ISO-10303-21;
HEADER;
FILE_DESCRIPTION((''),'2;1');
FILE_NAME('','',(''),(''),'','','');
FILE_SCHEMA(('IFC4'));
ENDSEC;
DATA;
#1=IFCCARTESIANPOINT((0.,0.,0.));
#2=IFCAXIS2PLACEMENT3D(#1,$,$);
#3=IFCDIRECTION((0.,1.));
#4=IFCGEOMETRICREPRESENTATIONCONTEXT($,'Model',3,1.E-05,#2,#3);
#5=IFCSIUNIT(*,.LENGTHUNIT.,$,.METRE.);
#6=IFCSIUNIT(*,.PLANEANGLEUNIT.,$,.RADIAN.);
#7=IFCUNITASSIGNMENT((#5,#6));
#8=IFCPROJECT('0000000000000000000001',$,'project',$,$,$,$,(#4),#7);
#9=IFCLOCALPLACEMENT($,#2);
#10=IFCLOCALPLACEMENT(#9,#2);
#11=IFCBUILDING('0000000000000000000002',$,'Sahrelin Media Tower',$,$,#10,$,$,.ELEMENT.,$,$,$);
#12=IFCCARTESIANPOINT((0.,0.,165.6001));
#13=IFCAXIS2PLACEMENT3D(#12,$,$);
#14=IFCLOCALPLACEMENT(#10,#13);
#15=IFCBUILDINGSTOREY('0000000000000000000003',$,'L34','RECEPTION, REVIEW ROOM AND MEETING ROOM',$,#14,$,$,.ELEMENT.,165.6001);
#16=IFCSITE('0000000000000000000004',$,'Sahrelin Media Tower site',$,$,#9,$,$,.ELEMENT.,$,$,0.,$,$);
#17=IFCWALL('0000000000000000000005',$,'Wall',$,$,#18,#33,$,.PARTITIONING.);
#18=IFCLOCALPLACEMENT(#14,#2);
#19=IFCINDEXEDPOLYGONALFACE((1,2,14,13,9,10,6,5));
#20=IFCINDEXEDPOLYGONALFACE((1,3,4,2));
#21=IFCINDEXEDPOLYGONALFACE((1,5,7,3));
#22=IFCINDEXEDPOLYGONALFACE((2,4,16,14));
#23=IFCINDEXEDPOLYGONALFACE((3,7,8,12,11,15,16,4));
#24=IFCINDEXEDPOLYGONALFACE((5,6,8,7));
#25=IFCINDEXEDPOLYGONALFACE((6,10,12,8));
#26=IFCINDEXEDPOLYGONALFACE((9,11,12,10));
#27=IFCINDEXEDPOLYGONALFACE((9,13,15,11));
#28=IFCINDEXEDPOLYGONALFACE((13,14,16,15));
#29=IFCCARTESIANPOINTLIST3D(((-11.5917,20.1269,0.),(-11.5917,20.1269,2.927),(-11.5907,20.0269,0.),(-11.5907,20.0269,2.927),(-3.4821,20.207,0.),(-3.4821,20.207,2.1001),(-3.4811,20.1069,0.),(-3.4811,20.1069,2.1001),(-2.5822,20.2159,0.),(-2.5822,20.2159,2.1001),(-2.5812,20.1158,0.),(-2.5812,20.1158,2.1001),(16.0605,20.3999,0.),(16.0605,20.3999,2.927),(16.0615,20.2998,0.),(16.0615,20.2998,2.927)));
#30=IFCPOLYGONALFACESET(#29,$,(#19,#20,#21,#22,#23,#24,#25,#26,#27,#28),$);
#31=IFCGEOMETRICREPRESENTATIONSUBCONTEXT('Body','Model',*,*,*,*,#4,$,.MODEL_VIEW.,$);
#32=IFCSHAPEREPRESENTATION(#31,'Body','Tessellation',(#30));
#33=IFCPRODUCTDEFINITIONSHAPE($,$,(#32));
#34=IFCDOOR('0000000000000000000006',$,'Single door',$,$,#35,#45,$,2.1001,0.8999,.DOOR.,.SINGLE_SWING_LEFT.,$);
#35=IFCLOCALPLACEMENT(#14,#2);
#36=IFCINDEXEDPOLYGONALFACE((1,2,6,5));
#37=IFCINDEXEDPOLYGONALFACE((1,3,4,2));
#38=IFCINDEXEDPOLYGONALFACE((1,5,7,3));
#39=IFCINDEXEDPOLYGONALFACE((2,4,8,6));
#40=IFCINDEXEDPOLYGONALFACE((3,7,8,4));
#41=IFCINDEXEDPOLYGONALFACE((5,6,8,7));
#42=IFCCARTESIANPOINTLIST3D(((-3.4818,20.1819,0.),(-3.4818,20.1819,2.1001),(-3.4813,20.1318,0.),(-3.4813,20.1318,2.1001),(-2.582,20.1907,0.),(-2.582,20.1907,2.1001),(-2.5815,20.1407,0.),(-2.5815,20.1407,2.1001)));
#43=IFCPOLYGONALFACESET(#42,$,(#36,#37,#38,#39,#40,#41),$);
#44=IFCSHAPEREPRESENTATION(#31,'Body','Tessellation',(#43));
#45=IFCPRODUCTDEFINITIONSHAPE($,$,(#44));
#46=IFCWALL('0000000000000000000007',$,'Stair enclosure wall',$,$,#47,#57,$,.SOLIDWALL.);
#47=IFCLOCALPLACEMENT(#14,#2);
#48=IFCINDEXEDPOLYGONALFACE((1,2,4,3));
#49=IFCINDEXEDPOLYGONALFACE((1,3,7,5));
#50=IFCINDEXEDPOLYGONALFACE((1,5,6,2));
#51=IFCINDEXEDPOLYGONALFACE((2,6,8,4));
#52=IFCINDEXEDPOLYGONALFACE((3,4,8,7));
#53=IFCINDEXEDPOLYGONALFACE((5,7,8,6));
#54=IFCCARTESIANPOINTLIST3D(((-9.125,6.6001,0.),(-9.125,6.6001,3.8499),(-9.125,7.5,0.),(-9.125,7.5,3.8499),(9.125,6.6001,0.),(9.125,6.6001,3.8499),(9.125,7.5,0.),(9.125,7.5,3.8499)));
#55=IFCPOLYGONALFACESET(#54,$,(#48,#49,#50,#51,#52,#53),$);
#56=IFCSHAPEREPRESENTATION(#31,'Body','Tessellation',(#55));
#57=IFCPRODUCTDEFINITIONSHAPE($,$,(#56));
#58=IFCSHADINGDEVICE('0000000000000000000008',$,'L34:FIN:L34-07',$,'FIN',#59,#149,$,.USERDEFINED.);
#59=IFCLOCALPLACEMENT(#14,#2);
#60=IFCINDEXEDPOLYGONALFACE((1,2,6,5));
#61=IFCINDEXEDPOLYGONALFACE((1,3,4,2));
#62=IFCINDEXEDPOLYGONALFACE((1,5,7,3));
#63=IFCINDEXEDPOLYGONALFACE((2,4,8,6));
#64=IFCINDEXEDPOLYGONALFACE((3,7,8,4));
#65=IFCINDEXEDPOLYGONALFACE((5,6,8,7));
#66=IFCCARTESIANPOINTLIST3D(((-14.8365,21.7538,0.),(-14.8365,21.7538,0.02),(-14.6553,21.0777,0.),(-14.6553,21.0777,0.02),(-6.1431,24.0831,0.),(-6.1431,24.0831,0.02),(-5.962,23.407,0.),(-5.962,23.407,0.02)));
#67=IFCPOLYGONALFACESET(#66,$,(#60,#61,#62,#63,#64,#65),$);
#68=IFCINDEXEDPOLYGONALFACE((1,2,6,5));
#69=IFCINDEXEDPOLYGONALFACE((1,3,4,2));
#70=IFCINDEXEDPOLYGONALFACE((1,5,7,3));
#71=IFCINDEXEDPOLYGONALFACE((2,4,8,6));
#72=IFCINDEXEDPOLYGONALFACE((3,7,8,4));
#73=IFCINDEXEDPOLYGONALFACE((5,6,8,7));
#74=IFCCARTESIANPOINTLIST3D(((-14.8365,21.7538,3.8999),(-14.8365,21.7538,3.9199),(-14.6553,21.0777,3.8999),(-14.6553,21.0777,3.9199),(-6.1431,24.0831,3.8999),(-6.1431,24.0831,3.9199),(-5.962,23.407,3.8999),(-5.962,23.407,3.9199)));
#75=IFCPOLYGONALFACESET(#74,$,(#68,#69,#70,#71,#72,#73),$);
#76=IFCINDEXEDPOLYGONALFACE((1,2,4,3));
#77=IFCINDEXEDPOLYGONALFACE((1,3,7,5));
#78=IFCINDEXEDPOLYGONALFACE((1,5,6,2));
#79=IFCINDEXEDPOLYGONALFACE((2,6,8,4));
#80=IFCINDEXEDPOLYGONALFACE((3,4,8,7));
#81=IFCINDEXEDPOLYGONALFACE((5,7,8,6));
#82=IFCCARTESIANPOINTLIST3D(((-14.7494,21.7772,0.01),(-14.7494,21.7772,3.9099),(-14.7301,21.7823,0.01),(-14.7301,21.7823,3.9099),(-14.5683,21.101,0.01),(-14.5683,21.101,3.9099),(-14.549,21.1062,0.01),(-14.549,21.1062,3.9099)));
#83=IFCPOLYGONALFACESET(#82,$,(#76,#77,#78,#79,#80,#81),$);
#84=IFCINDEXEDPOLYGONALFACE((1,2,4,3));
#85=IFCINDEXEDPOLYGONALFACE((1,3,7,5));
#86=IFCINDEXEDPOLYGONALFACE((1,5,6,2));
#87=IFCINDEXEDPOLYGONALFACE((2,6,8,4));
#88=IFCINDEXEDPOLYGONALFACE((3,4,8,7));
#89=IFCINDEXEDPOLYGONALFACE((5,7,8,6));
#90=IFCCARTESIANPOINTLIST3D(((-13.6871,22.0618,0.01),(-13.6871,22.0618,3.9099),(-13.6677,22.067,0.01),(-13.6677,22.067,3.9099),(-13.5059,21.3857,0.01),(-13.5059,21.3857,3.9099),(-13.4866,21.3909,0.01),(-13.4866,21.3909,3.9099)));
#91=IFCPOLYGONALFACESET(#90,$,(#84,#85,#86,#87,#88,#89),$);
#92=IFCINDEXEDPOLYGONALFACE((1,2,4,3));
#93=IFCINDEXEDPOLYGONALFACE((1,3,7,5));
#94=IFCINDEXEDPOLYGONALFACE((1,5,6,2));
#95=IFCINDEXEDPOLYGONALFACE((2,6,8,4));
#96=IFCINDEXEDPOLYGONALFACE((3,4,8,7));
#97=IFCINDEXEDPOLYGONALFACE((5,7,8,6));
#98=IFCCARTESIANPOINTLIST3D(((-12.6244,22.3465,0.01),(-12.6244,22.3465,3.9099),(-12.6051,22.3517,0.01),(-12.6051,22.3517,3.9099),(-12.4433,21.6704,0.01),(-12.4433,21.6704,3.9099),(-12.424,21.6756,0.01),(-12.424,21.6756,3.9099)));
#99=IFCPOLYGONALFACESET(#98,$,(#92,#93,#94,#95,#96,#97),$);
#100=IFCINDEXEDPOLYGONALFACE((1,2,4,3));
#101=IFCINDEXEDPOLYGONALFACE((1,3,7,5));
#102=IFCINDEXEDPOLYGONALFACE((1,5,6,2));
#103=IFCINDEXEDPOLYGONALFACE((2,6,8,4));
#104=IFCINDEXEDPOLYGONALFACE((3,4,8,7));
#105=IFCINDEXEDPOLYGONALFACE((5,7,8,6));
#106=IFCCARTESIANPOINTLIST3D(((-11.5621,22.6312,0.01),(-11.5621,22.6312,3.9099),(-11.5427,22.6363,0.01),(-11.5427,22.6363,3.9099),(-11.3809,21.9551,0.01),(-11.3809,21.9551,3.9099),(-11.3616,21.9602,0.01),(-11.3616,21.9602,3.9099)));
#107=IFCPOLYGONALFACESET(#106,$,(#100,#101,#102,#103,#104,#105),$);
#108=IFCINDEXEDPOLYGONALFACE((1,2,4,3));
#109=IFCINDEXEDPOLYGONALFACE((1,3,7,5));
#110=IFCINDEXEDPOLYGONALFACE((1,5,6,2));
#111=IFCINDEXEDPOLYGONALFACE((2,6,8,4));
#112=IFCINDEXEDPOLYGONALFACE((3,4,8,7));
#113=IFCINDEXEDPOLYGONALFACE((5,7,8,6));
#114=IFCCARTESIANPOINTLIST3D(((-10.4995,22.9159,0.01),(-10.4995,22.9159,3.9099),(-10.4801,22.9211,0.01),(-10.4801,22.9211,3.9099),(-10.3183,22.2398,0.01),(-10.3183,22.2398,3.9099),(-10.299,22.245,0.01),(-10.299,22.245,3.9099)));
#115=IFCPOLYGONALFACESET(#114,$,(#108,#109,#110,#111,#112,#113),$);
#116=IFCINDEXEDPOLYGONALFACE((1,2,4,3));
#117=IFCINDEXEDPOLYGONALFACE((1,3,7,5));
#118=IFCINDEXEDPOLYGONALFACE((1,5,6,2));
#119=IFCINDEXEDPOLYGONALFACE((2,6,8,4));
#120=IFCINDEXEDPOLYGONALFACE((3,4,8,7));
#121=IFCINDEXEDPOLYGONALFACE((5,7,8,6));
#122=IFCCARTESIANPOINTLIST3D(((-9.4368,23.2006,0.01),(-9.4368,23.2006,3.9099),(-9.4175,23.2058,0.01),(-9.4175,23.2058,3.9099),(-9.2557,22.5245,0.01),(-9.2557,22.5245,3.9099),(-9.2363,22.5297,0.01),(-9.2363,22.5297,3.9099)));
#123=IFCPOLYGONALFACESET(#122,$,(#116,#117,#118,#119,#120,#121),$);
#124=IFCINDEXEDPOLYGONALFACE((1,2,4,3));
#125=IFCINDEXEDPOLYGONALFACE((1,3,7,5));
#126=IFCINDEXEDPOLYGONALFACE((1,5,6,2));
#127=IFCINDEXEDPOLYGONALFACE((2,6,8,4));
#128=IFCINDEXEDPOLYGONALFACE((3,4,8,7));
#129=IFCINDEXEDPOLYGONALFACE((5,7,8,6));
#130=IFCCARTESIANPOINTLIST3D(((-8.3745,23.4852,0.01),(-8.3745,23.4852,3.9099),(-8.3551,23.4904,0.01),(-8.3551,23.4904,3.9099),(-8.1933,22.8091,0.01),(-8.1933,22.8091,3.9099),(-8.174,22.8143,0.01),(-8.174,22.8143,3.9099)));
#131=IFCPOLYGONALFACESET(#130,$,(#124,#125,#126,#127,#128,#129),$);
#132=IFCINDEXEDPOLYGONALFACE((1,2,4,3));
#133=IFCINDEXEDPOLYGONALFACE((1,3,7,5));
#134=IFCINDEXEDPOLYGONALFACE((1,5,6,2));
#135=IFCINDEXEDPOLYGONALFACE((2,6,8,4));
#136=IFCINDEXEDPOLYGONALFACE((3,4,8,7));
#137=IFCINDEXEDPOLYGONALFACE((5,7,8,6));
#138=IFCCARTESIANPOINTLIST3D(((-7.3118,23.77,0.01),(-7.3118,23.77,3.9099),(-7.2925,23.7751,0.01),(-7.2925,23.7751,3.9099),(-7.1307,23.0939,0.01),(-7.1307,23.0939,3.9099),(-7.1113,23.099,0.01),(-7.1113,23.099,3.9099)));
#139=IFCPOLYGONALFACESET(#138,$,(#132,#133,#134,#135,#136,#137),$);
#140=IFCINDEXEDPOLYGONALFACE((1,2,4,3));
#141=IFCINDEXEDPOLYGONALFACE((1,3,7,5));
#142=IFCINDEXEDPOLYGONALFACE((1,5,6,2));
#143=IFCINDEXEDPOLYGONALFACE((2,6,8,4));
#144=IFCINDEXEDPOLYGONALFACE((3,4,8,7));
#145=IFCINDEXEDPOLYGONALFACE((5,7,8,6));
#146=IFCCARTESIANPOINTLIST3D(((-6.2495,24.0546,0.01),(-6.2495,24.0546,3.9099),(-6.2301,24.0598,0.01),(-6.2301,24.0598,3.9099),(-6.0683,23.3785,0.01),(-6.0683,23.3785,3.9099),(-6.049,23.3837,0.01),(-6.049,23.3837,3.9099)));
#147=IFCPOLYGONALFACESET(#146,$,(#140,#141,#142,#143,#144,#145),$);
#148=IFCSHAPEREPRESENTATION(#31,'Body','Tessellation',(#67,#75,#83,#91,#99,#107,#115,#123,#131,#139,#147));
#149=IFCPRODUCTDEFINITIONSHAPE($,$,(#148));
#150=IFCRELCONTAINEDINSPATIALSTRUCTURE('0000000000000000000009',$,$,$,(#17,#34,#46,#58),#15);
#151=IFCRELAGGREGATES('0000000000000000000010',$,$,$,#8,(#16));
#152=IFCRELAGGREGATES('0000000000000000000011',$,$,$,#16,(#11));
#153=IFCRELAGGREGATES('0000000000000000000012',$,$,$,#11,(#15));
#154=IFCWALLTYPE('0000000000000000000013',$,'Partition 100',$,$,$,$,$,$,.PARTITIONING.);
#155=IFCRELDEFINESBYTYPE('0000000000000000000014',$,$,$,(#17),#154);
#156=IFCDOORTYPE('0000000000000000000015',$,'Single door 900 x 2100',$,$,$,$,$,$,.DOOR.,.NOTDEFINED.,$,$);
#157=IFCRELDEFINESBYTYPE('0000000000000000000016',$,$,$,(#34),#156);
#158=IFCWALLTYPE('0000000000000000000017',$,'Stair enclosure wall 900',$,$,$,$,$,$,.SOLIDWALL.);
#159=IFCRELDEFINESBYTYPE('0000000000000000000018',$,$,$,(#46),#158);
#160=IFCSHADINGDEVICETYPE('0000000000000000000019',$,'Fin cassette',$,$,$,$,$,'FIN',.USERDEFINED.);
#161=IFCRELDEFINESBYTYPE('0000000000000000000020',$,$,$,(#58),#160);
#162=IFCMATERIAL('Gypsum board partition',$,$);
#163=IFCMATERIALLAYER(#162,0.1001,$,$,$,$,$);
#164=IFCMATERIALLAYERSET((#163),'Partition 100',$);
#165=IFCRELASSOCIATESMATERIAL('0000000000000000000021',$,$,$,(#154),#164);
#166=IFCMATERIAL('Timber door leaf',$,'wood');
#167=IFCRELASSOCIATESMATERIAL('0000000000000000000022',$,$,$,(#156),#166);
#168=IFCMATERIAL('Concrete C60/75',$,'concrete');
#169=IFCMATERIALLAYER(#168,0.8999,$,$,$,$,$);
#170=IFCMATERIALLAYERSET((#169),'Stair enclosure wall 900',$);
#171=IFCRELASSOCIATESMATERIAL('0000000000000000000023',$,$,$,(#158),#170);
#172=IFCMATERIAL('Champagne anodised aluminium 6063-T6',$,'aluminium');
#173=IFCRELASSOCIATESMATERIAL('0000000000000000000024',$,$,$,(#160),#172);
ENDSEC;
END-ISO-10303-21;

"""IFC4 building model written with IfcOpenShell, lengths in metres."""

from ifc_helpers import new_model, si_unit, direction, frame, frame_2d, origin, origin_2d, place, context, subcontext, project, spatial, rectangle, extrude, material, layer, layer_set, type_object, element, fill, save


model = new_model("IFC4")

# Units and contexts
model_context = context("Model", 3, precision=1e-05, world=origin(), true_north=direction((0.0, 1.0)))
body_context = subcontext(model_context, "Body", "Model", "MODEL_VIEW")
ifc_project = project(units=[si_unit("LENGTHUNIT", "METRE"), si_unit("PLANEANGLEUNIT", "RADIAN")], contexts=[model_context])

# Site, building, storey
site_placement = place(None, origin())
site = spatial("IfcSite", under=ifc_project, at=site_placement, Name="Sahrelin Media Tower site", CompositionType="ELEMENT", RefElevation=0.0)
building_placement = place(site_placement, origin())
building = spatial("IfcBuilding", under=site, at=building_placement, Name="Sahrelin Media Tower", CompositionType="ELEMENT")
storey_placement = place(building_placement, frame((0.0, 0.0, 165.6001)))
storey = spatial("IfcBuildingStorey", under=building, at=storey_placement, Name="L34", Description="RECEPTION, REVIEW ROOM AND MEETING ROOM", CompositionType="ELEMENT", Elevation=165.6001)

# Shared definitions
ifc_material_1 = material(Name="Champagne anodised aluminium 6063-T6", Category="aluminium")

# Shared definitions
ifc_material_2 = material(Name="Concrete C60/75", Category="concrete")

# Wall, opening, door
ifc_material_3 = material(Name="Gypsum board partition")
ifc_layer_1 = layer(ifc_material_3, 0.1001)
ifc_layer_set_1 = layer_set([ifc_layer_1], Name="Partition 100")
wall_type_1 = type_object("IfcWallType", Name="Partition 100", PredefinedType="PARTITIONING", material=ifc_layer_set_1)
wall_1_placement = place(storey_placement, frame((-11.5911, 20.0769, 0.0), z_axis=(0.0, 0.0, 1.0), x_axis=(0.999951, 0.00987, 0.0)))
wall_1 = element("IfcWall", 1, at=wall_1_placement, inside=storey, type_object=wall_type_1, Name="Wall", PredefinedType="PARTITIONING", context=body_context, shape_type="SweptSolid", body=[
    extrude(rectangle(XDim=27.6536, YDim=0.1001, at=frame_2d((13.8267, 0.0))), origin(), (0.0, 0.0, 1.0), 2.927),
])
opening_1_placement = place(wall_1_placement, frame((8.1099, 0.0, 0.0)))
opening_1 = element("IfcOpeningElement", 2, at=opening_1_placement, cuts=wall_1, PredefinedType="OPENING", context=body_context, shape_type="SweptSolid", body=[
    extrude(rectangle(XDim=0.8999, YDim=2.1001, at=frame_2d((0.45, 1.05))), frame((0.0, 0.05, 0.0), z_axis=(0.0, -1.0, 0.0), x_axis=(1.0, 0.0, 0.0)), (0.0, 0.0, 1.0), 0.1001),
])
ifc_material_4 = material(Name="Timber door leaf", Category="wood")
door_type_1 = type_object("IfcDoorType", Name="Single door 900 x 2100", OperationType="NOTDEFINED", PredefinedType="DOOR", material=ifc_material_4)
door_1_placement = place(opening_1_placement, origin())
door_1 = element("IfcDoor", 3, at=door_1_placement, inside=storey, type_object=door_type_1, Name="Single door", OperationType="SINGLE_SWING_LEFT", OverallHeight=2.1001, OverallWidth=0.8999, PredefinedType="DOOR", context=body_context, shape_type="SweptSolid", body=[
    extrude(rectangle(XDim=0.8999, YDim=2.1001, at=frame_2d((0.45, 1.05))), frame((0.0, 0.0249, 0.0), z_axis=(0.0, -1.0, 0.0), x_axis=(1.0, 0.0, 0.0)), (0.0, 0.0, 1.0), 0.05),
])
fill(opening_1, door_1)

# Wall
ifc_layer_2 = layer(ifc_material_2, 0.8999)
ifc_layer_set_2 = layer_set([ifc_layer_2], Name="Stair enclosure wall 900")
wall_type_2 = type_object("IfcWallType", Name="Stair enclosure wall 900", PredefinedType="SOLIDWALL", material=ifc_layer_set_2)
wall_2_placement = place(storey_placement, frame((-9.125, 7.05, 0.0), z_axis=(0.0, 0.0, 1.0), x_axis=(1.0, 0.0, 0.0)))
element("IfcWall", 4, at=wall_2_placement, inside=storey, type_object=wall_type_2, Name="Stair enclosure wall", PredefinedType="SOLIDWALL", context=body_context, shape_type="SweptSolid", body=[
    extrude(rectangle(XDim=18.25, YDim=0.8999, at=frame_2d((9.125, 0.0))), origin(), (0.0, 0.0, 1.0), 3.8499),
])

# Shading device
shading_device_type_1 = type_object("IfcShadingDeviceType", Name="Fin cassette", ElementType="FIN", PredefinedType="USERDEFINED", material=ifc_material_1)
placement = place(storey_placement, frame((-10.2905, 22.1748, 0.0), z_axis=(0.0, 0.0, 1.0), x_axis=(0.965929, 0.258808, 0.0)))
element("IfcShadingDevice", 5, at=placement, inside=storey, type_object=shading_device_type_1, Name="L34:FIN:L34-07", ObjectType="FIN", PredefinedType="USERDEFINED", context=body_context, shape_type="SweptSolid", body=[
    extrude(rectangle(XDim=9.0, YDim=0.7, at=origin_2d()), frame((0.0, 0.4199, 0.0)), (0.0, 0.0, 1.0), 0.02),
    extrude(rectangle(XDim=9.0, YDim=0.7, at=origin_2d()), frame((0.0, 0.4199, 3.8999)), (0.0, 0.0, 1.0), 0.02),
    extrude(rectangle(XDim=0.02, YDim=0.7, at=origin_2d()), frame((-4.3999, 0.4199, 0.01), z_axis=(0.0, 0.0, 1.0), x_axis=(1.0, 0.0, 0.0)), (0.0, 0.0, 1.0), 3.8999),
    extrude(rectangle(XDim=0.02, YDim=0.7, at=origin_2d()), frame((-3.3, 0.4199, 0.01), z_axis=(0.0, 0.0, 1.0), x_axis=(1.0, 0.0, 0.0)), (0.0, 0.0, 1.0), 3.8999),
    extrude(rectangle(XDim=0.02, YDim=0.7, at=origin_2d()), frame((-2.2, 0.4199, 0.01), z_axis=(0.0, 0.0, 1.0), x_axis=(1.0, 0.0, 0.0)), (0.0, 0.0, 1.0), 3.8999),
    extrude(rectangle(XDim=0.02, YDim=0.7, at=origin_2d()), frame((-1.1001, 0.4199, 0.01), z_axis=(0.0, 0.0, 1.0), x_axis=(1.0, 0.0, 0.0)), (0.0, 0.0, 1.0), 3.8999),
    extrude(rectangle(XDim=0.02, YDim=0.7, at=origin_2d()), frame((0.0, 0.4199, 0.01), z_axis=(0.0, 0.0, 1.0), x_axis=(1.0, 0.0, 0.0)), (0.0, 0.0, 1.0), 3.8999),
    extrude(rectangle(XDim=0.02, YDim=0.7, at=origin_2d()), frame((1.1001, 0.4199, 0.01), z_axis=(0.0, 0.0, 1.0), x_axis=(1.0, 0.0, 0.0)), (0.0, 0.0, 1.0), 3.8999),
    extrude(rectangle(XDim=0.02, YDim=0.7, at=origin_2d()), frame((2.2, 0.4199, 0.01), z_axis=(0.0, 0.0, 1.0), x_axis=(1.0, 0.0, 0.0)), (0.0, 0.0, 1.0), 3.8999),
    extrude(rectangle(XDim=0.02, YDim=0.7, at=origin_2d()), frame((3.3, 0.4199, 0.01), z_axis=(0.0, 0.0, 1.0), x_axis=(1.0, 0.0, 0.0)), (0.0, 0.0, 1.0), 3.8999),
    extrude(rectangle(XDim=0.02, YDim=0.7, at=origin_2d()), frame((4.3999, 0.4199, 0.01), z_axis=(0.0, 0.0, 1.0), x_axis=(1.0, 0.0, 0.0)), (0.0, 0.0, 1.0), 3.8999),
])

save(model, "model.ifc")
